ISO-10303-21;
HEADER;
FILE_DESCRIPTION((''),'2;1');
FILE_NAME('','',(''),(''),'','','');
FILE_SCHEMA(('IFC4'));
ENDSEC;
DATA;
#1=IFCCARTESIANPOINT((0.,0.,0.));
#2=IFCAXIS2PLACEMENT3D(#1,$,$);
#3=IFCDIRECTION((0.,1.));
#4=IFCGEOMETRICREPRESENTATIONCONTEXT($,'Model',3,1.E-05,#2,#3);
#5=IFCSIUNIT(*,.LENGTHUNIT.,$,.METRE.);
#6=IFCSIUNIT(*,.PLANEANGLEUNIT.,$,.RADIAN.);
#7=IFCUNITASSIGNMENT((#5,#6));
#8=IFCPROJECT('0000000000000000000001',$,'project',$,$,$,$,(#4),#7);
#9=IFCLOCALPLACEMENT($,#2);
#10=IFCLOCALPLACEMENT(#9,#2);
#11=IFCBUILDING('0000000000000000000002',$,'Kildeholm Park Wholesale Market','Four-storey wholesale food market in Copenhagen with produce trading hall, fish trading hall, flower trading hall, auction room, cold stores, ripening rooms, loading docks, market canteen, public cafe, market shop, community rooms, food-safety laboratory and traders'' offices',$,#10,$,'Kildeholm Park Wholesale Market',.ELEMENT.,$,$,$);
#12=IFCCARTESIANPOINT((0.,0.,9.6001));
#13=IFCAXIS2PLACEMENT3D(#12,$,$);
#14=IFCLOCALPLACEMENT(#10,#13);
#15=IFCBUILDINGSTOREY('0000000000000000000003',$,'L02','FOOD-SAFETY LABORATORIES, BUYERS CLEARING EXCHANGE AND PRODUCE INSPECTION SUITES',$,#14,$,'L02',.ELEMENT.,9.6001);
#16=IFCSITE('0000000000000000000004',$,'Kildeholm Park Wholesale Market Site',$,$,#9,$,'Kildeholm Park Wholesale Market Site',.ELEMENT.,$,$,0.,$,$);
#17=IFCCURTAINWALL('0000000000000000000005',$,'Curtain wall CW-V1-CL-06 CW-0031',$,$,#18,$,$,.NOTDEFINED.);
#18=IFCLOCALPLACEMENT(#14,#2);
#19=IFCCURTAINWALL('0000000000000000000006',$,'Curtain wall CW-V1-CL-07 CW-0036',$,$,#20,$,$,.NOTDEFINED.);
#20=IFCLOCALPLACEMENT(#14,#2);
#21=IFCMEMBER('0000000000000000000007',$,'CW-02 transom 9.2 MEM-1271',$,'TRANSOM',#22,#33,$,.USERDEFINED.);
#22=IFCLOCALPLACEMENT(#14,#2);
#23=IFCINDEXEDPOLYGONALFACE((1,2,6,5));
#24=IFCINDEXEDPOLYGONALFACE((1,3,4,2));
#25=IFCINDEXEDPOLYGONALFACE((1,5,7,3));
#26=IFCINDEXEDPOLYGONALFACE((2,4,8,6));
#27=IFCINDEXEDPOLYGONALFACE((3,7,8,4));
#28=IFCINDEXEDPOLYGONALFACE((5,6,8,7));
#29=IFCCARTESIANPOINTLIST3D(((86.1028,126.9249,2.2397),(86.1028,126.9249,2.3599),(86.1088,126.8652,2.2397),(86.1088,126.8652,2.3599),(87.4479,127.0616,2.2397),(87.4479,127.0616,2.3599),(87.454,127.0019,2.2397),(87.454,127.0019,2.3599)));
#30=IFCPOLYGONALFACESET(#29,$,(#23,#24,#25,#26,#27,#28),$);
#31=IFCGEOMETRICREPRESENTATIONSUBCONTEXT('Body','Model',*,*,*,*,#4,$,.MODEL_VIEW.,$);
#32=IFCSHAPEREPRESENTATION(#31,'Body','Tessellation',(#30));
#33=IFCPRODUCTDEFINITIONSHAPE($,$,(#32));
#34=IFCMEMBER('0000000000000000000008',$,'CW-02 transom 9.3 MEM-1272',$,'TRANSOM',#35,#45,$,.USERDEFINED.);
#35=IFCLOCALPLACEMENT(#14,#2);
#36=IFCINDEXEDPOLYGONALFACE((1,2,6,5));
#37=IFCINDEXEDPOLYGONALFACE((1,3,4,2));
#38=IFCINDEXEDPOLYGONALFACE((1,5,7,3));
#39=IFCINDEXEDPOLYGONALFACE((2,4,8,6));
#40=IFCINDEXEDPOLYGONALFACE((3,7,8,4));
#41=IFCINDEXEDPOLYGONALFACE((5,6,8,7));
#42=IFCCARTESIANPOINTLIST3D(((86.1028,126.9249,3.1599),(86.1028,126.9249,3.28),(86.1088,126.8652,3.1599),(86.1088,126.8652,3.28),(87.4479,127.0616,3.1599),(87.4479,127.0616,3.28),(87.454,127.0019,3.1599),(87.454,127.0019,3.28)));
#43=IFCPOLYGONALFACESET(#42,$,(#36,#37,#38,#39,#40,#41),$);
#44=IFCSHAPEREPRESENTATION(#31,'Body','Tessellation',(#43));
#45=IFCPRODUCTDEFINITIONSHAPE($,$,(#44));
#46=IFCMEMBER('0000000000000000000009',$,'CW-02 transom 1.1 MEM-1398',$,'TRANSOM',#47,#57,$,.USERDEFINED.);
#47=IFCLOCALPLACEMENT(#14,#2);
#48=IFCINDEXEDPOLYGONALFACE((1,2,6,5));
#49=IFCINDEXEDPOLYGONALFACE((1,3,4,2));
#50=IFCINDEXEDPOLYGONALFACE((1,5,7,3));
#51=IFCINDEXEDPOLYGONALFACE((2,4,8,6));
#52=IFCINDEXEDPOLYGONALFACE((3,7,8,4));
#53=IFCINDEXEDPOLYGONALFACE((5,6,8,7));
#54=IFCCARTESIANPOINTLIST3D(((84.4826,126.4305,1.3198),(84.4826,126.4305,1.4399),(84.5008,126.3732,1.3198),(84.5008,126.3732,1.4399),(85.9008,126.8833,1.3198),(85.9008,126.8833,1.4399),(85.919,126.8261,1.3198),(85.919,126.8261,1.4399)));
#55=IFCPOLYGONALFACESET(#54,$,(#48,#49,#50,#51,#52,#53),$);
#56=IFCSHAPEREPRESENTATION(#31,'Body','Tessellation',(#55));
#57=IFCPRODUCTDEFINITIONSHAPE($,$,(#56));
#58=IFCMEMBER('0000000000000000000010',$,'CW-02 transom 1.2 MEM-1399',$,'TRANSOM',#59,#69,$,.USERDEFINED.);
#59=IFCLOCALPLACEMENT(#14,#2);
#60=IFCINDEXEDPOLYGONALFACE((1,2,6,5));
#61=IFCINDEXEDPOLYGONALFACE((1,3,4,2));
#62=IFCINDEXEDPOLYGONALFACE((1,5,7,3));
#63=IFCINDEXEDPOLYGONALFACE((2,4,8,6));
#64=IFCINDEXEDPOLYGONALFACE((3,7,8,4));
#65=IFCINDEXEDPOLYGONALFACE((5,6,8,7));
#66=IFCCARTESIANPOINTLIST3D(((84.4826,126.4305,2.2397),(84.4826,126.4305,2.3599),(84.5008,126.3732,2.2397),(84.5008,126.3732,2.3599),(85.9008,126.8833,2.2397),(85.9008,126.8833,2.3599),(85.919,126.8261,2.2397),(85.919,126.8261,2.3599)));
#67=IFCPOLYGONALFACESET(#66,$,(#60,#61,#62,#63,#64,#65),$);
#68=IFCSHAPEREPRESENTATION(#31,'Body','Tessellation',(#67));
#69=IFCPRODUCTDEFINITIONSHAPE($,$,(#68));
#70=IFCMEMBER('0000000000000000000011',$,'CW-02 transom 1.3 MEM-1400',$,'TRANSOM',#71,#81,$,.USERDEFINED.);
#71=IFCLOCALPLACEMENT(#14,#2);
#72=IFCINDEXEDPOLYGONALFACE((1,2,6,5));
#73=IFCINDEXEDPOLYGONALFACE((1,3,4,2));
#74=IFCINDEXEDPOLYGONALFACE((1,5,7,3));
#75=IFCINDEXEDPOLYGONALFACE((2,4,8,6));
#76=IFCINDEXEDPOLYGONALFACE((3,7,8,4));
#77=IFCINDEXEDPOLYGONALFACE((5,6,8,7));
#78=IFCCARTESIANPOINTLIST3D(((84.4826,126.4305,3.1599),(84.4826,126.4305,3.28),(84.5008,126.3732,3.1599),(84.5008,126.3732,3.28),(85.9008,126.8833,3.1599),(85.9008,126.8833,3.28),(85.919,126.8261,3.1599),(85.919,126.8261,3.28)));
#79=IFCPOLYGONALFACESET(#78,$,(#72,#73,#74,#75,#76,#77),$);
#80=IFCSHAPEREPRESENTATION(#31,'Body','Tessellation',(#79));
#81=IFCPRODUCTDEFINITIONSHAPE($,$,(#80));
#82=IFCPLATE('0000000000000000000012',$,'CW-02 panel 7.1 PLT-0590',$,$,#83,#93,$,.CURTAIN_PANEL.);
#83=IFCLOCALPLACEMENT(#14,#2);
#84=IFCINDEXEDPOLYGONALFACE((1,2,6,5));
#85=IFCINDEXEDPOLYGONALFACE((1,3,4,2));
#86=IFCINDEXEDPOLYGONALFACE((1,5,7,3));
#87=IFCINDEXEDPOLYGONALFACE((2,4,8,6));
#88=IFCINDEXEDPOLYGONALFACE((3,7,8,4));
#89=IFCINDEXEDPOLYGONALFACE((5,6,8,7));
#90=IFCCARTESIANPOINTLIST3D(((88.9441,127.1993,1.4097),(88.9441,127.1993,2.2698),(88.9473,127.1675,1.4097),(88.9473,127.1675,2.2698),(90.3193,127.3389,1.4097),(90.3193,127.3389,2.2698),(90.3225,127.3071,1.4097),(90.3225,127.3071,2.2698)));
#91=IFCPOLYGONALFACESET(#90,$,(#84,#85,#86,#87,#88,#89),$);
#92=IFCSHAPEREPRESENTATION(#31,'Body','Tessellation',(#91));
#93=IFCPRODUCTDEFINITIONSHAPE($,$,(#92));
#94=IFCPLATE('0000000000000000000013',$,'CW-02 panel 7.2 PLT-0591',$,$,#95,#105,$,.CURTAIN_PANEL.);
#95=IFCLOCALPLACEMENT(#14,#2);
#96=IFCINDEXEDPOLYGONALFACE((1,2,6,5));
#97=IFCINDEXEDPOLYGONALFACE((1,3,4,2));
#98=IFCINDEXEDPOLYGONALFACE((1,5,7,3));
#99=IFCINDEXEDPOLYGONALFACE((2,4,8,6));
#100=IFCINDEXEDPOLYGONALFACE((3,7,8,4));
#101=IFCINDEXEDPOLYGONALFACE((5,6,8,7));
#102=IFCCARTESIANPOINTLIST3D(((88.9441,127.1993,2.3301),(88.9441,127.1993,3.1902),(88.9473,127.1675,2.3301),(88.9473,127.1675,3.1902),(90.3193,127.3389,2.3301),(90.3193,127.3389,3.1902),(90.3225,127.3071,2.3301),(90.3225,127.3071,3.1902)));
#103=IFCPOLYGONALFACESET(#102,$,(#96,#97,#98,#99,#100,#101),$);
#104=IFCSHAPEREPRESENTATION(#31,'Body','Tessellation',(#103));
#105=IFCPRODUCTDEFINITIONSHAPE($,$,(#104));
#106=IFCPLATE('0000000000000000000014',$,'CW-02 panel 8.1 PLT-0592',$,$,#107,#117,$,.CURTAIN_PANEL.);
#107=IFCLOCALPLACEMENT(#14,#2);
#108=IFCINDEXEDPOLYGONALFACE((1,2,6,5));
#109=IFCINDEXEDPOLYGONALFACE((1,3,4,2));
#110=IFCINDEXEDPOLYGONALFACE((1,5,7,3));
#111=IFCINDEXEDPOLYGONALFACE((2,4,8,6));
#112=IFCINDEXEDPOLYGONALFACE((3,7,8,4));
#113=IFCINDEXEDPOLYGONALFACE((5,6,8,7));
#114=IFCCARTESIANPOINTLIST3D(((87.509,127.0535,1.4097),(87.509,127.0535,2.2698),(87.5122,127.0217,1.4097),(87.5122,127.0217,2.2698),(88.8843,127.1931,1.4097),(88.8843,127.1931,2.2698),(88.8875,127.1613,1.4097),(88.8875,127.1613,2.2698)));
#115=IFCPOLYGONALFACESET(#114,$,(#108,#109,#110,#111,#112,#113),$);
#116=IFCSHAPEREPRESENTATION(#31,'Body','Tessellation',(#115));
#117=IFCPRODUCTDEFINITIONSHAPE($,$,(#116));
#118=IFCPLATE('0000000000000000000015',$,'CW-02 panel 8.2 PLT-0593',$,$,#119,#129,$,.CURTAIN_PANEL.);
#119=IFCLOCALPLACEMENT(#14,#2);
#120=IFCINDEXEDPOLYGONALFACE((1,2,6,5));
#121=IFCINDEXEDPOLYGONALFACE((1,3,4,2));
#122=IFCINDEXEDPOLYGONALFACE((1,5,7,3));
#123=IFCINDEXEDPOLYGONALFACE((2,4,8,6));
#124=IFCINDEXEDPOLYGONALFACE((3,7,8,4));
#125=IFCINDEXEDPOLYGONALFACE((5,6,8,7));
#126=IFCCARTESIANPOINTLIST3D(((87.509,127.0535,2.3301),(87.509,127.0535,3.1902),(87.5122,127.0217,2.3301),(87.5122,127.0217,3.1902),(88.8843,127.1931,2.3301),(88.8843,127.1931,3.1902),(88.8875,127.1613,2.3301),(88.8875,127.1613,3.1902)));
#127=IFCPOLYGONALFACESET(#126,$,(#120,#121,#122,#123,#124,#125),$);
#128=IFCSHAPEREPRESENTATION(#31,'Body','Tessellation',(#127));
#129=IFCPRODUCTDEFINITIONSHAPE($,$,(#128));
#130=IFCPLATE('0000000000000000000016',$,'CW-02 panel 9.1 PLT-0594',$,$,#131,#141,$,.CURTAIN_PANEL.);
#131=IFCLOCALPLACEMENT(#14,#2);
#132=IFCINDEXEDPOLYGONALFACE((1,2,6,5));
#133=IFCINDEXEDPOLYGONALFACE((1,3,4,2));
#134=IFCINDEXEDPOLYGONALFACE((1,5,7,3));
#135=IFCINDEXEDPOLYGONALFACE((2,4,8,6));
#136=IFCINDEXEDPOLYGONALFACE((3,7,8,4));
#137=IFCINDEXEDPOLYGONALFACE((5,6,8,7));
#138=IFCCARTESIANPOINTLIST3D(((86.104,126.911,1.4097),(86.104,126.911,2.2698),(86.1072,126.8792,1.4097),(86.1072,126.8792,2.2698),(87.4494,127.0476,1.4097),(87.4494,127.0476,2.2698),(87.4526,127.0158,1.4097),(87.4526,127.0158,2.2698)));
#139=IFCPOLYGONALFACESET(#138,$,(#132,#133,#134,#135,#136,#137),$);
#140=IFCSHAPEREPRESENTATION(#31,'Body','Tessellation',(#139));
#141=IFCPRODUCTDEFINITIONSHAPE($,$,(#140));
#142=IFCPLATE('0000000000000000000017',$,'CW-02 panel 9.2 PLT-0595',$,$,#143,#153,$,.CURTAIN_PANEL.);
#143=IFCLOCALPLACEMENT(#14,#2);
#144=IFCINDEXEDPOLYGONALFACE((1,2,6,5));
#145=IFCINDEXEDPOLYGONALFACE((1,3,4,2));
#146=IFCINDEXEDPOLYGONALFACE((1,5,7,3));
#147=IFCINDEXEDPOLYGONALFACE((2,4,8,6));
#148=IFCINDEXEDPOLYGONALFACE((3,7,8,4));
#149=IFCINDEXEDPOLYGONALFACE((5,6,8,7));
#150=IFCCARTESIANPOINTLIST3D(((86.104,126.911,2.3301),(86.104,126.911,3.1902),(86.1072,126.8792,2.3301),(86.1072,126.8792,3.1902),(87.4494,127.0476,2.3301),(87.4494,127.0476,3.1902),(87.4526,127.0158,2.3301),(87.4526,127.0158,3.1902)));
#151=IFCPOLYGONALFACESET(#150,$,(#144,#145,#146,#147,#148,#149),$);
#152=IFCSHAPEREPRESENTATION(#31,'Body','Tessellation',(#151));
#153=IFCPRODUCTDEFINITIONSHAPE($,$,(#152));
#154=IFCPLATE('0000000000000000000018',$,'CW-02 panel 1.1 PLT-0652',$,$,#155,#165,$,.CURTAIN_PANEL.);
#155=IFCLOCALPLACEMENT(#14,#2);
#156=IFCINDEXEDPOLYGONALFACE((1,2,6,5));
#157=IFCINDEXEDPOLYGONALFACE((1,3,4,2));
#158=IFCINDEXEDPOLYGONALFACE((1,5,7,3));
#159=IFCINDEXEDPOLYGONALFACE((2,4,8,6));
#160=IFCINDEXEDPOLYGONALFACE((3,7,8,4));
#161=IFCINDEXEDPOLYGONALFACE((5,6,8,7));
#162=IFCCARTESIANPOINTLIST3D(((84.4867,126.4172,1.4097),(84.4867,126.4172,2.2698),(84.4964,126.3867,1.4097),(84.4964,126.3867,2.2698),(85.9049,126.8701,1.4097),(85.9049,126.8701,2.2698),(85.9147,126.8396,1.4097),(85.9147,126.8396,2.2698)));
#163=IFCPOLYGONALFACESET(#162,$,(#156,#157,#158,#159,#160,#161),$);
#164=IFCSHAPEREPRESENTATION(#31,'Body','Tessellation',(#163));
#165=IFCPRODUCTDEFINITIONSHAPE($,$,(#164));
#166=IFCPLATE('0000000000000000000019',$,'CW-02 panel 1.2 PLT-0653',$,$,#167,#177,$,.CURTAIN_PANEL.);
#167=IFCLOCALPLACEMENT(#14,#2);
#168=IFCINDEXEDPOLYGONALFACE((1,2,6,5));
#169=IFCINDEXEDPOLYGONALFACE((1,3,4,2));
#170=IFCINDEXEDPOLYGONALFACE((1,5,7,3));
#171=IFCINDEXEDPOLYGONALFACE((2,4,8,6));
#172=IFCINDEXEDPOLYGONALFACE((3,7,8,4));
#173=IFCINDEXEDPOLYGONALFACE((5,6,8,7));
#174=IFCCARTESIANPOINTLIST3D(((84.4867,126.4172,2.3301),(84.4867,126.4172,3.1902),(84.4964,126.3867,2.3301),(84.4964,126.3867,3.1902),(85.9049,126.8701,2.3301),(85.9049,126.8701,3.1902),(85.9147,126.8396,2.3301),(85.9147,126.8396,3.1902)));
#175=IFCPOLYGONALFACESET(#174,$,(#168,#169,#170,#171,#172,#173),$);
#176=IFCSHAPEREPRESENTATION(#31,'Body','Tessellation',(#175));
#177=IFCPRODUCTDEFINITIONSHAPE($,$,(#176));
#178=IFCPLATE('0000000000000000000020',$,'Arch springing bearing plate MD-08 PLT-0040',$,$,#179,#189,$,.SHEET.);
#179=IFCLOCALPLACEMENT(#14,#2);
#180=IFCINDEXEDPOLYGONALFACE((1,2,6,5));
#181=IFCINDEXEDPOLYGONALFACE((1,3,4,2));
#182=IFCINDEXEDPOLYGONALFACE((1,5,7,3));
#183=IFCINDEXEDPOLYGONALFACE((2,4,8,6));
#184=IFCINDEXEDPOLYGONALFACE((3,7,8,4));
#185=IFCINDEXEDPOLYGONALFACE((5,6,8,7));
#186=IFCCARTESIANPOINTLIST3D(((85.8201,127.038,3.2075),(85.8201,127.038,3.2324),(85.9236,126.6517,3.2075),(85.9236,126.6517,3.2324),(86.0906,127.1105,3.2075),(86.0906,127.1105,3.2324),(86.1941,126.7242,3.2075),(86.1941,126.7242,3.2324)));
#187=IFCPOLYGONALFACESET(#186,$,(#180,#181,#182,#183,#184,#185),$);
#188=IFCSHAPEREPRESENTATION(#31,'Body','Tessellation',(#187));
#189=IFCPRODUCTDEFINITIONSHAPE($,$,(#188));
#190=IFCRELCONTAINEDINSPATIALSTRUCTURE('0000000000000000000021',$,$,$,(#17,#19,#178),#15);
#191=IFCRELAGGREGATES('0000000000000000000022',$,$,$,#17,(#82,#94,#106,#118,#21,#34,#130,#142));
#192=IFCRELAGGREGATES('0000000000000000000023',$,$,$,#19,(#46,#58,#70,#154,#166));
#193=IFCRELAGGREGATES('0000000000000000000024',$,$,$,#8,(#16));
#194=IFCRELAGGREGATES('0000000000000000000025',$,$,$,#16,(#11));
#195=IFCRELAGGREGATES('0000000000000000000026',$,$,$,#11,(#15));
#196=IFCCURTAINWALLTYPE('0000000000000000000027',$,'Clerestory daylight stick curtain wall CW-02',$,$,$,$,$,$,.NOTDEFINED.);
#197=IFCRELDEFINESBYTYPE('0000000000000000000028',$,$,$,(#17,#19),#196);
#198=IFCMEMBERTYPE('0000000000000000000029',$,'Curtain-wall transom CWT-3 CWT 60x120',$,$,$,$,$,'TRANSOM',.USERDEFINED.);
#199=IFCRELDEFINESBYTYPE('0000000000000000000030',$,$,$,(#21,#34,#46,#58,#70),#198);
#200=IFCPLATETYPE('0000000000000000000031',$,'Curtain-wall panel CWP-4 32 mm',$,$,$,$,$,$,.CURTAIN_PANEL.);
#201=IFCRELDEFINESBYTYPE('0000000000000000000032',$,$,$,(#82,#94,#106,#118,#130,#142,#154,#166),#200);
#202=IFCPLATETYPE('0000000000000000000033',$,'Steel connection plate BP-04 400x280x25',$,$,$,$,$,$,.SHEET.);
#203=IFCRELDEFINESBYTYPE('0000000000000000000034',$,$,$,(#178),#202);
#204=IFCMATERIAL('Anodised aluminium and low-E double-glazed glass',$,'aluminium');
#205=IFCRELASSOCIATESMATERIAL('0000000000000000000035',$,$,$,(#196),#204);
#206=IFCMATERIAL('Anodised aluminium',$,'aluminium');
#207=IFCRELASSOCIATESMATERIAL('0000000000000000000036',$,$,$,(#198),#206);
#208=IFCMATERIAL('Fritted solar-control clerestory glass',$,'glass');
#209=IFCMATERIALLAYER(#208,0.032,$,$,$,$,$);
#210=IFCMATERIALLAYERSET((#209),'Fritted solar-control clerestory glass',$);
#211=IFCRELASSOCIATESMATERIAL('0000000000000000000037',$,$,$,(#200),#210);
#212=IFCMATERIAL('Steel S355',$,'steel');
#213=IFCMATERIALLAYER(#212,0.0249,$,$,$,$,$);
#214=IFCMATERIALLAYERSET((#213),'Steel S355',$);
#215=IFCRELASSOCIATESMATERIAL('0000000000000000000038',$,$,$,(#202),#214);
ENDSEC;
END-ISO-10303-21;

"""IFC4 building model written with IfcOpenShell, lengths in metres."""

from ifc_helpers import new_model, si_unit, direction, frame, origin, origin_2d, place, context, subcontext, project, spatial, rectangle, extrude, material, layer, layer_set, material_profile, profile_set, type_object, element, aggregate, save


model = new_model("IFC4")

# Units and contexts
model_context = context("Model", 3, precision=1e-05, world=origin(), true_north=direction((0.0, 1.0)))
body_context = subcontext(model_context, "Body", "Model", "MODEL_VIEW")
ifc_project = project(units=[si_unit("LENGTHUNIT", "METRE"), si_unit("PLANEANGLEUNIT", "RADIAN")], contexts=[model_context])

# Site, building, storey
site_placement = place(None, origin())
site = spatial("IfcSite", under=ifc_project, at=site_placement, Name="Kildeholm Park Wholesale Market Site", LongName="Kildeholm Park Wholesale Market Site", CompositionType="ELEMENT", RefElevation=0.0)
building_placement = place(site_placement, origin())
building = spatial("IfcBuilding", under=site, at=building_placement, Name="Kildeholm Park Wholesale Market", Description="Four-storey wholesale food market in Copenhagen with produce trading hall, fish trading hall, flower trading hall, auction room, cold stores, ripening rooms, loading docks, market canteen, public cafe, market shop, community rooms, food-safety laboratory and traders' offices", LongName="Kildeholm Park Wholesale Market", CompositionType="ELEMENT")
storey_placement = place(building_placement, frame((0.0, 0.0, 9.6001)))
storey = spatial("IfcBuildingStorey", under=building, at=storey_placement, Name="L02", Description="FOOD-SAFETY LABORATORIES, BUYERS CLEARING EXCHANGE AND PRODUCE INSPECTION SUITES", LongName="L02", CompositionType="ELEMENT", Elevation=9.6001)

# Shared definitions
ifc_material_1 = material(Name="Steel S355", Category="steel")

# Curtain walls
ifc_material_2 = material(Name="Anodised aluminium and low-E double-glazed glass", Category="aluminium")
curtain_wall_type = type_object("IfcCurtainWallType", Name="Clerestory daylight stick curtain wall CW-02", PredefinedType="NOTDEFINED", material=ifc_material_2)
curtain_wall_1_placement = place(storey_placement, origin())
curtain_wall_1 = element("IfcCurtainWall", 1, at=curtain_wall_1_placement, inside=storey, type_object=curtain_wall_type, Name="Curtain wall CW-V1-CL-06 CW-0031", PredefinedType="NOTDEFINED")
ifc_material_3 = material(Name="Anodised aluminium", Category="aluminium")
curtain_wall_2_placement = place(storey_placement, origin())
curtain_wall_2 = element("IfcCurtainWall", 2, at=curtain_wall_2_placement, inside=storey, type_object=curtain_wall_type, Name="Curtain wall CW-V1-CL-07 CW-0036", PredefinedType="NOTDEFINED")

# Members
ifc_material_profile_1 = material_profile(ifc_material_3, rectangle(XDim=0.0601, YDim=0.1201, at=origin_2d()), Name="CWT 60x120")
ifc_profile_set_1 = profile_set([ifc_material_profile_1], Name="Anodised aluminium")
member_type_1 = type_object("IfcMemberType", Name="Curtain-wall transom CWT-3 CWT 60x120", ElementType="TRANSOM", PredefinedType="USERDEFINED", material=ifc_profile_set_1)
member_1_placement = place(storey_placement, frame((87.4509, 127.0317, 2.2998), z_axis=(-0.994875, -0.101113, 0.0), x_axis=(0.101113, -0.994875, 0.0)))
member_1 = element("IfcMember", 3, at=member_1_placement, type_object=member_type_1, Name="CW-02 transom 9.2 MEM-1271", ObjectType="TRANSOM", PredefinedType="USERDEFINED", context=body_context, shape_type="SweptSolid", body=[
    extrude(rectangle(XDim=0.0601, YDim=0.1201, at=origin_2d()), origin(), (0.0, 0.0, 1.0), 1.3521),
])
member_2_placement = place(storey_placement, frame((87.4509, 127.0317, 3.22), z_axis=(-0.994875, -0.101113, 0.0), x_axis=(0.101113, -0.994875, 0.0)))
member_2 = element("IfcMember", 4, at=member_2_placement, type_object=member_type_1, Name="CW-02 transom 9.3 MEM-1272", ObjectType="TRANSOM", PredefinedType="USERDEFINED", context=body_context, shape_type="SweptSolid", body=[
    extrude(rectangle(XDim=0.0601, YDim=0.1201, at=origin_2d()), origin(), (0.0, 0.0, 1.0), 1.3521),
])
member_3_placement = place(storey_placement, frame((85.9099, 126.8547, 1.3799), z_axis=(-0.952609, -0.304198, 0.0), x_axis=(0.304198, -0.952609, 0.0)))
member_3 = element("IfcMember", 5, at=member_3_placement, type_object=member_type_1, Name="CW-02 transom 1.1 MEM-1398", ObjectType="TRANSOM", PredefinedType="USERDEFINED", context=body_context, shape_type="SweptSolid", body=[
    extrude(rectangle(XDim=0.0601, YDim=0.1201, at=origin_2d()), origin(), (0.0, 0.0, 1.0), 1.4888),
])
member_4_placement = place(storey_placement, frame((85.9099, 126.8547, 2.2998), z_axis=(-0.952609, -0.304198, 0.0), x_axis=(0.304198, -0.952609, 0.0)))
member_4 = element("IfcMember", 6, at=member_4_placement, type_object=member_type_1, Name="CW-02 transom 1.2 MEM-1399", ObjectType="TRANSOM", PredefinedType="USERDEFINED", context=body_context, shape_type="SweptSolid", body=[
    extrude(rectangle(XDim=0.0601, YDim=0.1201, at=origin_2d()), origin(), (0.0, 0.0, 1.0), 1.4888),
])
member_5_placement = place(storey_placement, frame((85.9099, 126.8547, 3.22), z_axis=(-0.952609, -0.304198, 0.0), x_axis=(0.304198, -0.952609, 0.0)))
member_5 = element("IfcMember", 7, at=member_5_placement, type_object=member_type_1, Name="CW-02 transom 1.3 MEM-1400", ObjectType="TRANSOM", PredefinedType="USERDEFINED", context=body_context, shape_type="SweptSolid", body=[
    extrude(rectangle(XDim=0.0601, YDim=0.1201, at=origin_2d()), origin(), (0.0, 0.0, 1.0), 1.4888),
])

# Plates
ifc_material_4 = material(Name="Fritted solar-control clerestory glass", Category="glass")
ifc_layer_1 = layer(ifc_material_4, 0.032)
ifc_layer_set_1 = layer_set([ifc_layer_1], Name="Fritted solar-control clerestory glass")
plate_type_1 = type_object("IfcPlateType", Name="Curtain-wall panel CWP-4 32 mm", PredefinedType="CURTAIN_PANEL", material=ifc_layer_set_1)
plate_1_placement = place(storey_placement, frame((89.6333, 127.2532, 1.4097), z_axis=(0.0, 0.0, 1.0), x_axis=(-0.994887, -0.100999, 0.0)))
plate_1 = element("IfcPlate", 8, at=plate_1_placement, type_object=plate_type_1, Name="CW-02 panel 7.1 PLT-0590", PredefinedType="CURTAIN_PANEL", context=body_context, shape_type="SweptSolid", body=[
    extrude(rectangle(XDim=1.3823, YDim=0.032, at=origin_2d()), origin(), (0.0, 0.0, 1.0), 0.8601),
])
plate_2_placement = place(storey_placement, frame((89.6333, 127.2532, 2.3301), z_axis=(0.0, 0.0, 1.0), x_axis=(-0.994887, -0.100999, 0.0)))
plate_2 = element("IfcPlate", 9, at=plate_2_placement, type_object=plate_type_1, Name="CW-02 panel 7.2 PLT-0591", PredefinedType="CURTAIN_PANEL", context=body_context, shape_type="SweptSolid", body=[
    extrude(rectangle(XDim=1.3823, YDim=0.032, at=origin_2d()), origin(), (0.0, 0.0, 1.0), 0.8601),
])
plate_3_placement = place(storey_placement, frame((88.1982, 127.1074, 1.4097), z_axis=(0.0, 0.0, 1.0), x_axis=(-0.994887, -0.100999, 0.0)))
plate_3 = element("IfcPlate", 10, at=plate_3_placement, type_object=plate_type_1, Name="CW-02 panel 8.1 PLT-0592", PredefinedType="CURTAIN_PANEL", context=body_context, shape_type="SweptSolid", body=[
    extrude(rectangle(XDim=1.3823, YDim=0.032, at=origin_2d()), origin(), (0.0, 0.0, 1.0), 0.8601),
])
plate_4_placement = place(storey_placement, frame((88.1982, 127.1074, 2.3301), z_axis=(0.0, 0.0, 1.0), x_axis=(-0.994887, -0.100999, 0.0)))
plate_4 = element("IfcPlate", 11, at=plate_4_placement, type_object=plate_type_1, Name="CW-02 panel 8.2 PLT-0593", PredefinedType="CURTAIN_PANEL", context=body_context, shape_type="SweptSolid", body=[
    extrude(rectangle(XDim=1.3823, YDim=0.032, at=origin_2d()), origin(), (0.0, 0.0, 1.0), 0.8601),
])
plate_5_placement = place(storey_placement, frame((86.7783, 126.9634, 1.4097), z_axis=(0.0, 0.0, 1.0), x_axis=(-0.994887, -0.100999, 0.0)))
plate_5 = element("IfcPlate", 12, at=plate_5_placement, type_object=plate_type_1, Name="CW-02 panel 9.1 PLT-0594", PredefinedType="CURTAIN_PANEL", context=body_context, shape_type="SweptSolid", body=[
    extrude(rectangle(XDim=1.3523, YDim=0.032, at=origin_2d()), origin(), (0.0, 0.0, 1.0), 0.8601),
])
plate_6_placement = place(storey_placement, frame((86.7783, 126.9634, 2.3301), z_axis=(0.0, 0.0, 1.0), x_axis=(-0.994887, -0.100999, 0.0)))
plate_6 = element("IfcPlate", 13, at=plate_6_placement, type_object=plate_type_1, Name="CW-02 panel 9.2 PLT-0595", PredefinedType="CURTAIN_PANEL", context=body_context, shape_type="SweptSolid", body=[
    extrude(rectangle(XDim=1.3523, YDim=0.032, at=origin_2d()), origin(), (0.0, 0.0, 1.0), 0.8601),
])
aggregate(curtain_wall_1, [plate_1, plate_2, plate_3, plate_4, member_1, member_2, plate_5, plate_6])
plate_7_placement = place(storey_placement, frame((85.2007, 126.6284, 1.4097), z_axis=(0.0, 0.0, 1.0), x_axis=(-0.952606, -0.304207, 0.0)))
plate_7 = element("IfcPlate", 14, at=plate_7_placement, type_object=plate_type_1, Name="CW-02 panel 1.1 PLT-0652", PredefinedType="CURTAIN_PANEL", context=body_context, shape_type="SweptSolid", body=[
    extrude(rectangle(XDim=1.4888, YDim=0.032, at=origin_2d()), origin(), (0.0, 0.0, 1.0), 0.8601),
])
plate_8_placement = place(storey_placement, frame((85.2007, 126.6284, 2.3301), z_axis=(0.0, 0.0, 1.0), x_axis=(-0.952606, -0.304207, 0.0)))
plate_8 = element("IfcPlate", 15, at=plate_8_placement, type_object=plate_type_1, Name="CW-02 panel 1.2 PLT-0653", PredefinedType="CURTAIN_PANEL", context=body_context, shape_type="SweptSolid", body=[
    extrude(rectangle(XDim=1.4888, YDim=0.032, at=origin_2d()), origin(), (0.0, 0.0, 1.0), 0.8601),
])
aggregate(curtain_wall_2, [member_3, member_4, member_5, plate_7, plate_8])
ifc_layer_2 = layer(ifc_material_1, 0.0249)
ifc_layer_set_2 = layer_set([ifc_layer_2], Name="Steel S355")
plate_type_2 = type_object("IfcPlateType", Name="Steel connection plate BP-04 400x280x25", PredefinedType="SHEET", material=ifc_layer_set_2)
plate_9_placement = place(storey_placement, frame((86.0071, 126.8811, 3.2075), z_axis=(0.0, 0.0, 1.0), x_axis=(-0.258819, 0.965926, 0.0)))
element("IfcPlate", 16, at=plate_9_placement, inside=storey, type_object=plate_type_2, Name="Arch springing bearing plate MD-08 PLT-0040", PredefinedType="SHEET", context=body_context, shape_type="SweptSolid", body=[
    extrude(rectangle(XDim=0.3999, YDim=0.28, at=origin_2d()), origin(), (0.0, 0.0, 1.0), 0.0249),
])

save(model, "model.ifc")
